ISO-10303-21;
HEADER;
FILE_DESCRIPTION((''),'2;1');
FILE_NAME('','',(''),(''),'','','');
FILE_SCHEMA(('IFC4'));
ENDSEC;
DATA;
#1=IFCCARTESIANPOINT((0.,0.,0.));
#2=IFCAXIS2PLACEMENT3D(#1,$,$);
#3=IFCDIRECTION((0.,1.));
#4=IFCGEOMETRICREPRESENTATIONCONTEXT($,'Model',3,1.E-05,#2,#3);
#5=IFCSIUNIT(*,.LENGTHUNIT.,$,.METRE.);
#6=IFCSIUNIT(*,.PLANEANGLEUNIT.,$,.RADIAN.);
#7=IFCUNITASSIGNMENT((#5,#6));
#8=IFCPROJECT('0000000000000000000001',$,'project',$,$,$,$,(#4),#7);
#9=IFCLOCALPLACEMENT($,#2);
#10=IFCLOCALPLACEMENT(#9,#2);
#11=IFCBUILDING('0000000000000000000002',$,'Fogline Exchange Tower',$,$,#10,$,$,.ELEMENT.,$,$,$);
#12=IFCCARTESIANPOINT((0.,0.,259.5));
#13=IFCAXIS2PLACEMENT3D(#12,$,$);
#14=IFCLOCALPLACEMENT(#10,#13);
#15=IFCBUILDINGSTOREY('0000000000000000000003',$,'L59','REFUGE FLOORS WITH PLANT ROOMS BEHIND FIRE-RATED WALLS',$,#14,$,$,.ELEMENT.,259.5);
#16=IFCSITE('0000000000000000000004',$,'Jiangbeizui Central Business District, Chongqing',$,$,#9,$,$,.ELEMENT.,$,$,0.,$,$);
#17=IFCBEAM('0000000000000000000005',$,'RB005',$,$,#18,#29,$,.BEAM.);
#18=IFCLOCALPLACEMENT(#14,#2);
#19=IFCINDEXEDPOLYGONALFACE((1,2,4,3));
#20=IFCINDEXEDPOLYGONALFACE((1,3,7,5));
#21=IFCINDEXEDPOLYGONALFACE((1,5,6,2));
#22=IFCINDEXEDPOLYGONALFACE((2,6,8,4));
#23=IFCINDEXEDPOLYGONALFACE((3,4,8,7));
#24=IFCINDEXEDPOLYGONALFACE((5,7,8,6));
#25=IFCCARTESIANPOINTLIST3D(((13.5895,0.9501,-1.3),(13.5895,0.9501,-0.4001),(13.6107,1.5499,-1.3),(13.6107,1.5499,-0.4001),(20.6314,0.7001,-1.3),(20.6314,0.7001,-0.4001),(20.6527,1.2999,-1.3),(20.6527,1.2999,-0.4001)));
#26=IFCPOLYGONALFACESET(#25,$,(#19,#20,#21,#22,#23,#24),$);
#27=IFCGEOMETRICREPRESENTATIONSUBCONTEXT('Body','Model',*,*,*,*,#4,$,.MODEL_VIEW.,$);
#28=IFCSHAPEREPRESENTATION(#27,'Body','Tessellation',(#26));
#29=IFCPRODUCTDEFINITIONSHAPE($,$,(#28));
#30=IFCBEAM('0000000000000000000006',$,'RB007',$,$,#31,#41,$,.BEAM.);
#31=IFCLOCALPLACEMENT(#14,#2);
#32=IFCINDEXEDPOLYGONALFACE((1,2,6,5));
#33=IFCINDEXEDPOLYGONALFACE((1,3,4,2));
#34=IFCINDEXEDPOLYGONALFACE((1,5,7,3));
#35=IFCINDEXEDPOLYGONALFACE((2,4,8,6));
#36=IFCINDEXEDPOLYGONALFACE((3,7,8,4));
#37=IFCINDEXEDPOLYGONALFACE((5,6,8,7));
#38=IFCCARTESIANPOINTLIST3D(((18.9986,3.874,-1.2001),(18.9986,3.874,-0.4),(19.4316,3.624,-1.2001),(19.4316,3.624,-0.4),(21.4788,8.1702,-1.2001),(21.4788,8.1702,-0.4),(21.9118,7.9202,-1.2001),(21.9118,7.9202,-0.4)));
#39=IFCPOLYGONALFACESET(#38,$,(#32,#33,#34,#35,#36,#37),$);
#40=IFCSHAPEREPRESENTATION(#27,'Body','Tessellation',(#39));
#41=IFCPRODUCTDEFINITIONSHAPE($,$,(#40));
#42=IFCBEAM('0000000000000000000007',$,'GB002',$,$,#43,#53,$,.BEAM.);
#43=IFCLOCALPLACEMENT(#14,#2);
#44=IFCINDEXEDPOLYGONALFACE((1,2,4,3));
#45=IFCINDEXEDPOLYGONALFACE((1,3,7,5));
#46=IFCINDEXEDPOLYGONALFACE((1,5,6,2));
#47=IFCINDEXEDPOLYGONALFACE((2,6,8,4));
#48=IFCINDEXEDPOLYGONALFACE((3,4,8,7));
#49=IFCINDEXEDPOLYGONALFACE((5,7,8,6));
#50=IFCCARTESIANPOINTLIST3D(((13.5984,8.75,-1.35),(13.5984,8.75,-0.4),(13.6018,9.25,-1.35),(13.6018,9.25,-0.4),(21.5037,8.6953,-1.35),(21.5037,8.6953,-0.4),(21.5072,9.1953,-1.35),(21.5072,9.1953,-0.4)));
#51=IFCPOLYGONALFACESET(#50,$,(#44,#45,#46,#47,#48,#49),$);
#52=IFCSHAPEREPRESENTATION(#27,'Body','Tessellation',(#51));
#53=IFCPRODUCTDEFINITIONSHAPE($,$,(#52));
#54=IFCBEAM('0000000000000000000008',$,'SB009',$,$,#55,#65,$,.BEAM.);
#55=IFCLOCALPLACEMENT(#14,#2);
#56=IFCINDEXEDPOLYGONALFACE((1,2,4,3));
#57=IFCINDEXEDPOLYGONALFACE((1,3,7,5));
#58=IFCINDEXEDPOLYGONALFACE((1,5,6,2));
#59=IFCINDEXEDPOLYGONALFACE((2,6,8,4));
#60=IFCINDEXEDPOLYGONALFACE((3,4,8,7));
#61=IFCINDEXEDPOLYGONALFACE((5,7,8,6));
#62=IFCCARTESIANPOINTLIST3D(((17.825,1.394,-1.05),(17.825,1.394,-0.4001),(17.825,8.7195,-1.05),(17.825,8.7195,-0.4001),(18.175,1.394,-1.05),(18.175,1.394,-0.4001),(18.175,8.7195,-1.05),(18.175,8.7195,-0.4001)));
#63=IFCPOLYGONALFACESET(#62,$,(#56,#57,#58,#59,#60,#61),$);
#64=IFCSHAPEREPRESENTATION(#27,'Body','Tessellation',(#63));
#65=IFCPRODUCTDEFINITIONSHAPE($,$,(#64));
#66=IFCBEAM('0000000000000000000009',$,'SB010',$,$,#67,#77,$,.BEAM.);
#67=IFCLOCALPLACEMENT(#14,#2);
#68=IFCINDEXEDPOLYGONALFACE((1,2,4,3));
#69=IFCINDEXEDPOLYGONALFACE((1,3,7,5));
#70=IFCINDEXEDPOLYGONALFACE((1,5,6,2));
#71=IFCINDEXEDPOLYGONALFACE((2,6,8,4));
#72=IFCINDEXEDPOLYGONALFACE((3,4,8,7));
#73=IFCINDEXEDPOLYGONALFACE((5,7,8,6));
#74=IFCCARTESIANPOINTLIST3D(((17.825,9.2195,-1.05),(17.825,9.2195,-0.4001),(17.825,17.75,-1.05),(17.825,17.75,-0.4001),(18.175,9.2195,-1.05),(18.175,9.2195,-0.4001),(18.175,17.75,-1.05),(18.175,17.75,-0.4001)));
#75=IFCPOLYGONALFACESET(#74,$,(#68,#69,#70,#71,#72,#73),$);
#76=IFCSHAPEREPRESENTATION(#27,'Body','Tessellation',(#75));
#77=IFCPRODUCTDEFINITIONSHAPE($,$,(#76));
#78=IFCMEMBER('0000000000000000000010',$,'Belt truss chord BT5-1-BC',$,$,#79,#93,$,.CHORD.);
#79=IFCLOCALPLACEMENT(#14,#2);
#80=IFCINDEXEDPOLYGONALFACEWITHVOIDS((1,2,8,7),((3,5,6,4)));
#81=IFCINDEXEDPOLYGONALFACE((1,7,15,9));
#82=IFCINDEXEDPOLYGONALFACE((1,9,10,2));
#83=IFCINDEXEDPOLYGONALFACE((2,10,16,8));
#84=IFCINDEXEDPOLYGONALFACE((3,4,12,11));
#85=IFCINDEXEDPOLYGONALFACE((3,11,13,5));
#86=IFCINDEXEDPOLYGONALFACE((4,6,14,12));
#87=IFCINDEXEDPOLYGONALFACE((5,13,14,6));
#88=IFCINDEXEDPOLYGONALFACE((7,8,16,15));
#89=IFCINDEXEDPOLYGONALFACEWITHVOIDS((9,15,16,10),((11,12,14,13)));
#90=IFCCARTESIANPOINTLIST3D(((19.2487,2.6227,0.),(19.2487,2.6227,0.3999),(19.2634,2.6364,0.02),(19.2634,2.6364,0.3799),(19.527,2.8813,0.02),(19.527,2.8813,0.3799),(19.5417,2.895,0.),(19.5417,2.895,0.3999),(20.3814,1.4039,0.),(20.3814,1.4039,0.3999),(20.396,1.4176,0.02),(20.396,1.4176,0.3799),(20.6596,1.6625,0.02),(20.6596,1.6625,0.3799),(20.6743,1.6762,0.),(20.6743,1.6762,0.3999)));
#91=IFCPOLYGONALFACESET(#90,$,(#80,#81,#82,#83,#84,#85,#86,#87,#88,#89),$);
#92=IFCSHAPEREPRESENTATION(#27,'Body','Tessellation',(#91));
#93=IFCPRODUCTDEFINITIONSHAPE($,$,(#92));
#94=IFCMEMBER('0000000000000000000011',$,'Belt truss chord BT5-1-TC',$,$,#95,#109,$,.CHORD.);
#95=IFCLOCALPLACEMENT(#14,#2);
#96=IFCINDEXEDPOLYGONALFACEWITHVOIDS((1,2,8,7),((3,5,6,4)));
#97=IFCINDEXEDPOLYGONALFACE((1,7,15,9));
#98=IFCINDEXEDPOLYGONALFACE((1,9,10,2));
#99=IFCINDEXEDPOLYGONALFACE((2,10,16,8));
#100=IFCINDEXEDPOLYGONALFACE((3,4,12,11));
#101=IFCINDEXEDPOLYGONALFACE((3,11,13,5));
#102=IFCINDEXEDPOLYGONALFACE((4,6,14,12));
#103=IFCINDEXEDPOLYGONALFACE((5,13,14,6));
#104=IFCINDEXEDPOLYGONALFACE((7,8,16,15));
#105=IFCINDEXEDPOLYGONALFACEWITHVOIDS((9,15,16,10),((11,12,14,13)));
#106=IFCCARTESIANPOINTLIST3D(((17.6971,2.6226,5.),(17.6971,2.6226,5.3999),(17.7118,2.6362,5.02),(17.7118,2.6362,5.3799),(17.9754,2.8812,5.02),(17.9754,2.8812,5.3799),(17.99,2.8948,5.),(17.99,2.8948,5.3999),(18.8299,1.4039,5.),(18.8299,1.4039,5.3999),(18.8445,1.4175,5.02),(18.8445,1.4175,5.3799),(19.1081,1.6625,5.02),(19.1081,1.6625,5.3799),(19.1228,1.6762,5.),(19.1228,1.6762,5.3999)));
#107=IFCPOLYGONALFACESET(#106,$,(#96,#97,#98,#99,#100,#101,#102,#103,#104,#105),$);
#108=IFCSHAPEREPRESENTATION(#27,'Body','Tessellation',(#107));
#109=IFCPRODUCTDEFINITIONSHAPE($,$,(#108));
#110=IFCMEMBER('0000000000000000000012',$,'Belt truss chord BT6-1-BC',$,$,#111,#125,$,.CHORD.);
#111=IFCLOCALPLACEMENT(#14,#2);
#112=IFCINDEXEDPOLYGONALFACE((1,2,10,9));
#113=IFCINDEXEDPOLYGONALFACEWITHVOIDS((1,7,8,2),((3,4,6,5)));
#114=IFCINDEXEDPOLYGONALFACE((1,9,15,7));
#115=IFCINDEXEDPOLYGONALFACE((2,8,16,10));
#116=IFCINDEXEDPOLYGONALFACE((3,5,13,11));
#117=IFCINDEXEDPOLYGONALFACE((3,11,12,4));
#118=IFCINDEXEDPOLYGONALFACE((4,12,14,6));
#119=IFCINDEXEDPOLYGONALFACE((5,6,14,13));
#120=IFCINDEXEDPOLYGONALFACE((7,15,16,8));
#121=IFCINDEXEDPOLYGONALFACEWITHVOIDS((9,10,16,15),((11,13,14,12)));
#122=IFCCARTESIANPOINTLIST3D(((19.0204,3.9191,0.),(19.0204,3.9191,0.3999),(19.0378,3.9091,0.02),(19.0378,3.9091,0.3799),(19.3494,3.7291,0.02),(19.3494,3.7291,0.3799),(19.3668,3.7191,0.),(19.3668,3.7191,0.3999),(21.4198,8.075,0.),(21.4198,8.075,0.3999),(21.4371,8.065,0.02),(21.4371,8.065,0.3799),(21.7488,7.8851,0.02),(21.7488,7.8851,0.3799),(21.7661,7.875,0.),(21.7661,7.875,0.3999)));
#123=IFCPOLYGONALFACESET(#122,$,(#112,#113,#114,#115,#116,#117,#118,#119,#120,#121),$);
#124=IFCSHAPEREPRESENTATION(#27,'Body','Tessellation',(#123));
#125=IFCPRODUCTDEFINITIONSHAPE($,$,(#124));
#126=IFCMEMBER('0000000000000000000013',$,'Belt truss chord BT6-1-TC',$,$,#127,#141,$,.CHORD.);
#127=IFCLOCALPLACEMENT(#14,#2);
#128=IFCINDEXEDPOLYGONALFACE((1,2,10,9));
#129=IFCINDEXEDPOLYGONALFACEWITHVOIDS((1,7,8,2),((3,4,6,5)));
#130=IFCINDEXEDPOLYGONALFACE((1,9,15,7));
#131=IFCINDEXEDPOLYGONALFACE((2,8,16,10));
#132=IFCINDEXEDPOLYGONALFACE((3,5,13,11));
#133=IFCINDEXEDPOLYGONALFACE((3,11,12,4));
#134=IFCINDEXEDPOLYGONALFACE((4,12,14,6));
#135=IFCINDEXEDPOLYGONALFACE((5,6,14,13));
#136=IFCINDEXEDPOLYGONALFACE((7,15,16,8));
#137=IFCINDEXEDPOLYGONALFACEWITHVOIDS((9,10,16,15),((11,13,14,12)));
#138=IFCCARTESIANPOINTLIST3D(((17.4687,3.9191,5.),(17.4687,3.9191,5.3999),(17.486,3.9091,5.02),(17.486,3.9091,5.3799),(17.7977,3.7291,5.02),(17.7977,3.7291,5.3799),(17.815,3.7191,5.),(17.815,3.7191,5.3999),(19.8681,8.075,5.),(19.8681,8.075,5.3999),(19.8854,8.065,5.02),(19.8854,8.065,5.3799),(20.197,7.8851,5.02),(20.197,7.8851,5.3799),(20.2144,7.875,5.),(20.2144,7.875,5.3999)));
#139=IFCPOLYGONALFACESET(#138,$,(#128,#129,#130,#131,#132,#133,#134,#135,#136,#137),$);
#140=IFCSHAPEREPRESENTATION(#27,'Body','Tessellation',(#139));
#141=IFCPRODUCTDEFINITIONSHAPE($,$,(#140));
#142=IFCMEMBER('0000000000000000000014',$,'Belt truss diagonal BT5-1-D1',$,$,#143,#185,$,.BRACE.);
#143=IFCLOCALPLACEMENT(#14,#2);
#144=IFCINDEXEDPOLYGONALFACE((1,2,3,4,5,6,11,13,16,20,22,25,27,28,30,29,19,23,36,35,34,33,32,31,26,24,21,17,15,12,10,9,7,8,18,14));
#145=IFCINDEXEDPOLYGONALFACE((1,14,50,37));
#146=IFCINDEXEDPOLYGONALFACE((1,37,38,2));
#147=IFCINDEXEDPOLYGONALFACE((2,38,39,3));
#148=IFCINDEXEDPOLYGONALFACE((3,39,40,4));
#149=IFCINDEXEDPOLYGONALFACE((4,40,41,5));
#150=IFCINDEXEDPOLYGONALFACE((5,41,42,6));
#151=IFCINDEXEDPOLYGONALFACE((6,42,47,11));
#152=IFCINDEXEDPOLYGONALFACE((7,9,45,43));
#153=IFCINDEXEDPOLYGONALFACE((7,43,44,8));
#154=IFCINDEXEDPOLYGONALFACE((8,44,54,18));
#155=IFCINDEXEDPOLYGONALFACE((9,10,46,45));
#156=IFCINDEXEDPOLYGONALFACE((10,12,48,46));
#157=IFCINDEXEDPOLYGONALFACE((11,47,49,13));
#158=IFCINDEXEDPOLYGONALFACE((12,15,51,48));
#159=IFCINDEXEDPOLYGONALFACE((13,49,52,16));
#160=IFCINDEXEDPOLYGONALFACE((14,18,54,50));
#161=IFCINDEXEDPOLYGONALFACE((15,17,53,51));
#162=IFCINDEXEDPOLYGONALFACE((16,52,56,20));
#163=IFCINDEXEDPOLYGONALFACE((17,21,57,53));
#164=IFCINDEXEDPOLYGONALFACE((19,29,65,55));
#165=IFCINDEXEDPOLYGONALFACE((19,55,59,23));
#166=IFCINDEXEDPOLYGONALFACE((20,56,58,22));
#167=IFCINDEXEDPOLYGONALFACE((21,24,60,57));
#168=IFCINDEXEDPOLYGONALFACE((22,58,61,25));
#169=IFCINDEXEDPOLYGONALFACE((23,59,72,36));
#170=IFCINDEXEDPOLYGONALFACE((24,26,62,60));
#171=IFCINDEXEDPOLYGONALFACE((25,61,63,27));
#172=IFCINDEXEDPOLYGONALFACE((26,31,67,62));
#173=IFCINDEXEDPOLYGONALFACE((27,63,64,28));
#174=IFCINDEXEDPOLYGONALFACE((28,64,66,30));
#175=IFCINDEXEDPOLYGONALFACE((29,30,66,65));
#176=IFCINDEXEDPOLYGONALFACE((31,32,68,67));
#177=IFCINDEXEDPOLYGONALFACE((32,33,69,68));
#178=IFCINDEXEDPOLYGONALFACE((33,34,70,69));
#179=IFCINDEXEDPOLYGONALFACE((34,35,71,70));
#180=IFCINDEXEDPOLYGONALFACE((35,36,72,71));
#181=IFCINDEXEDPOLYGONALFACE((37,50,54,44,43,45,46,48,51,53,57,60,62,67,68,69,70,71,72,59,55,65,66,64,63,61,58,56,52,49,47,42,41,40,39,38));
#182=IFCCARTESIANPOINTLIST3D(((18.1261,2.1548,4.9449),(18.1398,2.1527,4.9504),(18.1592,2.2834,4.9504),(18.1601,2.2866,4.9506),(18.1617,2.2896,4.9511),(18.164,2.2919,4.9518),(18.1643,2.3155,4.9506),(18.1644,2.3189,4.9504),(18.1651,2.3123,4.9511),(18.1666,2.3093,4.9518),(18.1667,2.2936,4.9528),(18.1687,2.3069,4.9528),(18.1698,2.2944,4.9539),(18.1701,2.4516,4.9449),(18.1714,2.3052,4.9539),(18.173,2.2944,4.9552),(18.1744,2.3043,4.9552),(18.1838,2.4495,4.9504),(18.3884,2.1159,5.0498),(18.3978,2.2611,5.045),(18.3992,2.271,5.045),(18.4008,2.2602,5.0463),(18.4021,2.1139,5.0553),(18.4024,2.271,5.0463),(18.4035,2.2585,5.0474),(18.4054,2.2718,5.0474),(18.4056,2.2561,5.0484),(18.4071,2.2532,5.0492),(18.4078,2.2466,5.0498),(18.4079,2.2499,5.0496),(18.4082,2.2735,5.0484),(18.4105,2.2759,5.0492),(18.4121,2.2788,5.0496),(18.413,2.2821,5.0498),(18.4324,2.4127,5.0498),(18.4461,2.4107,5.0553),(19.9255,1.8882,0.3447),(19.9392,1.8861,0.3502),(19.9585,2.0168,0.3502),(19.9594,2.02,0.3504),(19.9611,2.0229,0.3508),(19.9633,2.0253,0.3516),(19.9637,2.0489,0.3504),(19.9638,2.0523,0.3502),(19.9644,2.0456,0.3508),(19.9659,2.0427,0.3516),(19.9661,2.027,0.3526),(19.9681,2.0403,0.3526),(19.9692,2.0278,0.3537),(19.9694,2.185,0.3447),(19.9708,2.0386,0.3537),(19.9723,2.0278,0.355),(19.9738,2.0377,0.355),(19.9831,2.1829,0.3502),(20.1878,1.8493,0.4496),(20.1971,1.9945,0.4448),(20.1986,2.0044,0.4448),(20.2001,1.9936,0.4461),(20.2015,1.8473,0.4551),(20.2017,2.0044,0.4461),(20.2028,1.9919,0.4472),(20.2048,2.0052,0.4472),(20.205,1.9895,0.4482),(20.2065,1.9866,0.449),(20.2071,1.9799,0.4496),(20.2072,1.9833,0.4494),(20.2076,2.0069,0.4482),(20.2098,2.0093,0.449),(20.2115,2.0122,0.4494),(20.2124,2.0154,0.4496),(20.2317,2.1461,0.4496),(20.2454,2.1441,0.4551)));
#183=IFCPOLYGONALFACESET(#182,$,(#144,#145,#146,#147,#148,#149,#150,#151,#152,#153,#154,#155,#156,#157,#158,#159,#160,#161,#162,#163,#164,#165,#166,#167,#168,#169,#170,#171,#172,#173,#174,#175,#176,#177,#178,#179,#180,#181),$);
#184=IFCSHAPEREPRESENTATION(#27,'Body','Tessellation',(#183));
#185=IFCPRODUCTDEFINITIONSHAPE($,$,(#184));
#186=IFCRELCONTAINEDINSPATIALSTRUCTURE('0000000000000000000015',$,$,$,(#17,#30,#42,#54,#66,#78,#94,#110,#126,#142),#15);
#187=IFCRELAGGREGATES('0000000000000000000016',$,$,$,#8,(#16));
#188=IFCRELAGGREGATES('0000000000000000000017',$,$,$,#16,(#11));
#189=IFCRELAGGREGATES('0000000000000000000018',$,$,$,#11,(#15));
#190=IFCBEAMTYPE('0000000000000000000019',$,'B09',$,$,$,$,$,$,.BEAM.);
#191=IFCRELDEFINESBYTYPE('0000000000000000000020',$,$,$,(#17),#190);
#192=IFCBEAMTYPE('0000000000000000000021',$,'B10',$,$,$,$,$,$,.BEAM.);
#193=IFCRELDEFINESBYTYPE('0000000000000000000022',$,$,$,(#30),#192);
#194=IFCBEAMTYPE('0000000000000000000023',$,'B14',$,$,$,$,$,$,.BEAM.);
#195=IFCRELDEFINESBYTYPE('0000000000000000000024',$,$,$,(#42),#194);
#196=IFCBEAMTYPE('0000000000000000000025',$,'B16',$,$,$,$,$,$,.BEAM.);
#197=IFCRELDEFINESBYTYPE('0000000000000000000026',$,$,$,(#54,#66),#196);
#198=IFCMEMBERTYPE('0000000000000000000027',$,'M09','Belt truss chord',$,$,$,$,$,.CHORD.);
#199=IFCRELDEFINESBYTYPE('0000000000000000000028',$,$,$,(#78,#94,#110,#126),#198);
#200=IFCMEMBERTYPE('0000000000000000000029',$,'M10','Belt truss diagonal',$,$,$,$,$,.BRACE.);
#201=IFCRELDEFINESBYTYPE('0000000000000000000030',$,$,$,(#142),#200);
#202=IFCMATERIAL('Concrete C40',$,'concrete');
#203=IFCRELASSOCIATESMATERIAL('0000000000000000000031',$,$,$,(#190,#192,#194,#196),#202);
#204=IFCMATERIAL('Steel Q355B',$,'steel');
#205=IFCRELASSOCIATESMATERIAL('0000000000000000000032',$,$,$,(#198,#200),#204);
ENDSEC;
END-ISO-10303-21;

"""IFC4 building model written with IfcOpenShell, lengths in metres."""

from ifc_helpers import new_model, si_unit, direction, frame, origin, origin_2d, place, context, subcontext, project, spatial, rectangle, hollow_rectangle, i_section, extrude, material, material_profile, profile_set, type_object, element, save


model = new_model("IFC4")

# Units and contexts
model_context = context("Model", 3, precision=1e-05, world=origin(), true_north=direction((0.0, 1.0)))
body_context = subcontext(model_context, "Body", "Model", "MODEL_VIEW")
ifc_project = project(units=[si_unit("LENGTHUNIT", "METRE"), si_unit("PLANEANGLEUNIT", "RADIAN")], contexts=[model_context])

# Site, building, storey
site_placement = place(None, origin())
site = spatial("IfcSite", under=ifc_project, at=site_placement, Name="Jiangbeizui Central Business District, Chongqing", CompositionType="ELEMENT", RefElevation=0.0)
building_placement = place(site_placement, origin())
building = spatial("IfcBuilding", under=site, at=building_placement, Name="Fogline Exchange Tower", CompositionType="ELEMENT")
storey_placement = place(building_placement, frame((0.0, 0.0, 259.5)))
storey = spatial("IfcBuildingStorey", under=building, at=storey_placement, Name="L59", Description="REFUGE FLOORS WITH PLANT ROOMS BEHIND FIRE-RATED WALLS", CompositionType="ELEMENT", Elevation=259.5)

# Beams
ifc_material_1 = material(Name="Concrete C40", Category="concrete")
ifc_material_profile_1 = material_profile(ifc_material_1, rectangle(XDim=0.6001, YDim=0.8999, at=origin_2d()), Name="RC 600x900")
ifc_profile_set_1 = profile_set([ifc_material_profile_1], Name="Concrete C40")
beam_type_1 = type_object("IfcBeamType", Name="B09", PredefinedType="BEAM", material=ifc_profile_set_1)
beam_1_placement = place(storey_placement, frame((13.6001, 1.25, -0.8501), z_axis=(0.99937, -0.035479, 0.0), x_axis=(0.035479, 0.99937, 0.0)))
element("IfcBeam", 1, at=beam_1_placement, inside=storey, type_object=beam_type_1, Name="RB005", PredefinedType="BEAM", context=body_context, shape_type="SweptSolid", body=[
    extrude(rectangle(XDim=0.6001, YDim=0.8999, at=origin_2d()), origin(), (0.0, 0.0, 1.0), 7.0464),
])
ifc_material_profile_2 = material_profile(ifc_material_1, rectangle(XDim=0.5, YDim=0.8, at=origin_2d()), Name="RC 500x800")
ifc_profile_set_2 = profile_set([ifc_material_profile_2], Name="Concrete C40")
beam_type_2 = type_object("IfcBeamType", Name="B10", PredefinedType="BEAM", material=ifc_profile_set_2)
beam_2_placement = place(storey_placement, frame((19.2151, 3.749, -0.8), z_axis=(0.499977, 0.866039, 0.0), x_axis=(-0.866039, 0.499977, 0.0)))
element("IfcBeam", 2, at=beam_2_placement, inside=storey, type_object=beam_type_2, Name="RB007", PredefinedType="BEAM", context=body_context, shape_type="SweptSolid", body=[
    extrude(rectangle(XDim=0.5, YDim=0.8, at=origin_2d()), origin(), (0.0, 0.0, 1.0), 4.9607),
])
ifc_material_profile_3 = material_profile(ifc_material_1, rectangle(XDim=0.5, YDim=0.95, at=origin_2d()), Name="RC 500x950")
ifc_profile_set_3 = profile_set([ifc_material_profile_3], Name="Concrete C40")
beam_type_3 = type_object("IfcBeamType", Name="B14", PredefinedType="BEAM", material=ifc_profile_set_3)
beam_3_placement = place(storey_placement, frame((13.6001, 9.0, -0.875), z_axis=(0.999976, -0.006918, 0.0), x_axis=(0.006918, 0.999976, 0.0)))
element("IfcBeam", 3, at=beam_3_placement, inside=storey, type_object=beam_type_3, Name="GB002", PredefinedType="BEAM", context=body_context, shape_type="SweptSolid", body=[
    extrude(rectangle(XDim=0.5, YDim=0.95, at=origin_2d()), origin(), (0.0, 0.0, 1.0), 7.9055),
])
ifc_material_profile_4 = material_profile(ifc_material_1, rectangle(XDim=0.3501, YDim=0.6499, at=origin_2d()), Name="RC 350x650")
ifc_profile_set_4 = profile_set([ifc_material_profile_4], Name="Concrete C40")
beam_type_4 = type_object("IfcBeamType", Name="B16", PredefinedType="BEAM", material=ifc_profile_set_4)
beam_4_placement = place(storey_placement, frame((18.0, 1.394, -0.7251), z_axis=(0.0, 1.0, 0.0), x_axis=(-1.0, 0.0, 0.0)))
element("IfcBeam", 4, at=beam_4_placement, inside=storey, type_object=beam_type_4, Name="SB009", PredefinedType="BEAM", context=body_context, shape_type="SweptSolid", body=[
    extrude(rectangle(XDim=0.3501, YDim=0.6499, at=origin_2d()), origin(), (0.0, 0.0, 1.0), 7.3254),
])
beam_5_placement = place(storey_placement, frame((18.0, 9.2195, -0.7251), z_axis=(0.0, 1.0, 0.0), x_axis=(-1.0, 0.0, 0.0)))
element("IfcBeam", 5, at=beam_5_placement, inside=storey, type_object=beam_type_4, Name="SB010", PredefinedType="BEAM", context=body_context, shape_type="SweptSolid", body=[
    extrude(rectangle(XDim=0.3501, YDim=0.6499, at=origin_2d()), origin(), (0.0, 0.0, 1.0), 8.5305),
])

# Members
ifc_material_2 = material(Name="Steel Q355B", Category="steel")
ifc_material_profile_5 = material_profile(ifc_material_2, hollow_rectangle(XDim=0.3999, YDim=0.3999, WallThickness=0.02, at=origin_2d()), Name="BOX400X400X20")
ifc_profile_set_5 = profile_set([ifc_material_profile_5], Name="Steel Q355B")
member_type_1 = type_object("IfcMemberType", Name="M09", Description="Belt truss chord", PredefinedType="CHORD", material=ifc_profile_set_5)
for number, where, z_axis, x_axis, name in (
    (6, (20.5278, 1.54, 0.2), (-0.680732, 0.732532, 0.0), (-0.732532, -0.680732, 0.0), "Belt truss chord BT5-1-BC"),
    (7, (18.9763, 1.54, 5.2), (-0.680811, 0.732459, 0.0), (-0.732459, -0.680811, 0.0), "Belt truss chord BT5-1-TC"),
):
    element("IfcMember", number, at=place(storey_placement, frame(where, z_axis=z_axis, x_axis=x_axis)), inside=storey, type_object=member_type_1, Name=name, PredefinedType="CHORD", context=body_context, shape_type="SweptSolid", body=[
        extrude(hollow_rectangle(XDim=0.3999, YDim=0.3999, WallThickness=0.02, at=origin_2d()), origin(), (0.0, 0.0, 1.0), 1.6638),
    ])
for number, where, z_axis, x_axis, name in (
    (8, (19.1936, 3.8191, 0.2), (0.499991, 0.866031, 0.0), (-0.866031, 0.499991, 0.0), "Belt truss chord BT6-1-BC"),
    (9, (17.6418, 3.8191, 5.2), (0.499991, 0.866031, 0.0), (-0.866031, 0.499991, 0.0), "Belt truss chord BT6-1-TC"),
):
    element("IfcMember", number, at=place(storey_placement, frame(where, z_axis=z_axis, x_axis=x_axis)), inside=storey, type_object=member_type_1, Name=name, PredefinedType="CHORD", context=body_context, shape_type="SweptSolid", body=[
        extrude(hollow_rectangle(XDim=0.3999, YDim=0.3999, WallThickness=0.02, at=origin_2d()), origin(), (0.0, 0.0, 1.0), 4.7988),
    ])
ifc_material_profile_6 = material_profile(ifc_material_2, i_section(OverallWidth=0.3, OverallDepth=0.3, WebThickness=0.01, FlangeThickness=0.0149, FilletRadius=0.0129, at=origin_2d()), Name="HW300X300X10X15")
ifc_profile_set_6 = profile_set([ifc_material_profile_6], Name="Steel Q355B")
member_type_2 = type_object("IfcMemberType", Name="M10", Description="Belt truss diagonal", PredefinedType="BRACE", material=ifc_profile_set_6)
member_1_placement = place(storey_placement, frame((20.0854, 2.0161, 0.3999), z_axis=(-0.363743, 0.053895, 0.929939), x_axis=(-0.146568, -0.989201, 0.0)))
element("IfcMember", 10, at=member_1_placement, inside=storey, type_object=member_type_2, Name="Belt truss diagonal BT5-1-D1", PredefinedType="BRACE", context=body_context, shape_type="SweptSolid", body=[
    extrude(i_section(OverallWidth=0.3, OverallDepth=0.3, WebThickness=0.01, FlangeThickness=0.0149, FilletRadius=0.0129, at=origin_2d()), origin(), (0.0, 0.0, 1.0), 4.9468),
])

save(model, "model.ifc")
